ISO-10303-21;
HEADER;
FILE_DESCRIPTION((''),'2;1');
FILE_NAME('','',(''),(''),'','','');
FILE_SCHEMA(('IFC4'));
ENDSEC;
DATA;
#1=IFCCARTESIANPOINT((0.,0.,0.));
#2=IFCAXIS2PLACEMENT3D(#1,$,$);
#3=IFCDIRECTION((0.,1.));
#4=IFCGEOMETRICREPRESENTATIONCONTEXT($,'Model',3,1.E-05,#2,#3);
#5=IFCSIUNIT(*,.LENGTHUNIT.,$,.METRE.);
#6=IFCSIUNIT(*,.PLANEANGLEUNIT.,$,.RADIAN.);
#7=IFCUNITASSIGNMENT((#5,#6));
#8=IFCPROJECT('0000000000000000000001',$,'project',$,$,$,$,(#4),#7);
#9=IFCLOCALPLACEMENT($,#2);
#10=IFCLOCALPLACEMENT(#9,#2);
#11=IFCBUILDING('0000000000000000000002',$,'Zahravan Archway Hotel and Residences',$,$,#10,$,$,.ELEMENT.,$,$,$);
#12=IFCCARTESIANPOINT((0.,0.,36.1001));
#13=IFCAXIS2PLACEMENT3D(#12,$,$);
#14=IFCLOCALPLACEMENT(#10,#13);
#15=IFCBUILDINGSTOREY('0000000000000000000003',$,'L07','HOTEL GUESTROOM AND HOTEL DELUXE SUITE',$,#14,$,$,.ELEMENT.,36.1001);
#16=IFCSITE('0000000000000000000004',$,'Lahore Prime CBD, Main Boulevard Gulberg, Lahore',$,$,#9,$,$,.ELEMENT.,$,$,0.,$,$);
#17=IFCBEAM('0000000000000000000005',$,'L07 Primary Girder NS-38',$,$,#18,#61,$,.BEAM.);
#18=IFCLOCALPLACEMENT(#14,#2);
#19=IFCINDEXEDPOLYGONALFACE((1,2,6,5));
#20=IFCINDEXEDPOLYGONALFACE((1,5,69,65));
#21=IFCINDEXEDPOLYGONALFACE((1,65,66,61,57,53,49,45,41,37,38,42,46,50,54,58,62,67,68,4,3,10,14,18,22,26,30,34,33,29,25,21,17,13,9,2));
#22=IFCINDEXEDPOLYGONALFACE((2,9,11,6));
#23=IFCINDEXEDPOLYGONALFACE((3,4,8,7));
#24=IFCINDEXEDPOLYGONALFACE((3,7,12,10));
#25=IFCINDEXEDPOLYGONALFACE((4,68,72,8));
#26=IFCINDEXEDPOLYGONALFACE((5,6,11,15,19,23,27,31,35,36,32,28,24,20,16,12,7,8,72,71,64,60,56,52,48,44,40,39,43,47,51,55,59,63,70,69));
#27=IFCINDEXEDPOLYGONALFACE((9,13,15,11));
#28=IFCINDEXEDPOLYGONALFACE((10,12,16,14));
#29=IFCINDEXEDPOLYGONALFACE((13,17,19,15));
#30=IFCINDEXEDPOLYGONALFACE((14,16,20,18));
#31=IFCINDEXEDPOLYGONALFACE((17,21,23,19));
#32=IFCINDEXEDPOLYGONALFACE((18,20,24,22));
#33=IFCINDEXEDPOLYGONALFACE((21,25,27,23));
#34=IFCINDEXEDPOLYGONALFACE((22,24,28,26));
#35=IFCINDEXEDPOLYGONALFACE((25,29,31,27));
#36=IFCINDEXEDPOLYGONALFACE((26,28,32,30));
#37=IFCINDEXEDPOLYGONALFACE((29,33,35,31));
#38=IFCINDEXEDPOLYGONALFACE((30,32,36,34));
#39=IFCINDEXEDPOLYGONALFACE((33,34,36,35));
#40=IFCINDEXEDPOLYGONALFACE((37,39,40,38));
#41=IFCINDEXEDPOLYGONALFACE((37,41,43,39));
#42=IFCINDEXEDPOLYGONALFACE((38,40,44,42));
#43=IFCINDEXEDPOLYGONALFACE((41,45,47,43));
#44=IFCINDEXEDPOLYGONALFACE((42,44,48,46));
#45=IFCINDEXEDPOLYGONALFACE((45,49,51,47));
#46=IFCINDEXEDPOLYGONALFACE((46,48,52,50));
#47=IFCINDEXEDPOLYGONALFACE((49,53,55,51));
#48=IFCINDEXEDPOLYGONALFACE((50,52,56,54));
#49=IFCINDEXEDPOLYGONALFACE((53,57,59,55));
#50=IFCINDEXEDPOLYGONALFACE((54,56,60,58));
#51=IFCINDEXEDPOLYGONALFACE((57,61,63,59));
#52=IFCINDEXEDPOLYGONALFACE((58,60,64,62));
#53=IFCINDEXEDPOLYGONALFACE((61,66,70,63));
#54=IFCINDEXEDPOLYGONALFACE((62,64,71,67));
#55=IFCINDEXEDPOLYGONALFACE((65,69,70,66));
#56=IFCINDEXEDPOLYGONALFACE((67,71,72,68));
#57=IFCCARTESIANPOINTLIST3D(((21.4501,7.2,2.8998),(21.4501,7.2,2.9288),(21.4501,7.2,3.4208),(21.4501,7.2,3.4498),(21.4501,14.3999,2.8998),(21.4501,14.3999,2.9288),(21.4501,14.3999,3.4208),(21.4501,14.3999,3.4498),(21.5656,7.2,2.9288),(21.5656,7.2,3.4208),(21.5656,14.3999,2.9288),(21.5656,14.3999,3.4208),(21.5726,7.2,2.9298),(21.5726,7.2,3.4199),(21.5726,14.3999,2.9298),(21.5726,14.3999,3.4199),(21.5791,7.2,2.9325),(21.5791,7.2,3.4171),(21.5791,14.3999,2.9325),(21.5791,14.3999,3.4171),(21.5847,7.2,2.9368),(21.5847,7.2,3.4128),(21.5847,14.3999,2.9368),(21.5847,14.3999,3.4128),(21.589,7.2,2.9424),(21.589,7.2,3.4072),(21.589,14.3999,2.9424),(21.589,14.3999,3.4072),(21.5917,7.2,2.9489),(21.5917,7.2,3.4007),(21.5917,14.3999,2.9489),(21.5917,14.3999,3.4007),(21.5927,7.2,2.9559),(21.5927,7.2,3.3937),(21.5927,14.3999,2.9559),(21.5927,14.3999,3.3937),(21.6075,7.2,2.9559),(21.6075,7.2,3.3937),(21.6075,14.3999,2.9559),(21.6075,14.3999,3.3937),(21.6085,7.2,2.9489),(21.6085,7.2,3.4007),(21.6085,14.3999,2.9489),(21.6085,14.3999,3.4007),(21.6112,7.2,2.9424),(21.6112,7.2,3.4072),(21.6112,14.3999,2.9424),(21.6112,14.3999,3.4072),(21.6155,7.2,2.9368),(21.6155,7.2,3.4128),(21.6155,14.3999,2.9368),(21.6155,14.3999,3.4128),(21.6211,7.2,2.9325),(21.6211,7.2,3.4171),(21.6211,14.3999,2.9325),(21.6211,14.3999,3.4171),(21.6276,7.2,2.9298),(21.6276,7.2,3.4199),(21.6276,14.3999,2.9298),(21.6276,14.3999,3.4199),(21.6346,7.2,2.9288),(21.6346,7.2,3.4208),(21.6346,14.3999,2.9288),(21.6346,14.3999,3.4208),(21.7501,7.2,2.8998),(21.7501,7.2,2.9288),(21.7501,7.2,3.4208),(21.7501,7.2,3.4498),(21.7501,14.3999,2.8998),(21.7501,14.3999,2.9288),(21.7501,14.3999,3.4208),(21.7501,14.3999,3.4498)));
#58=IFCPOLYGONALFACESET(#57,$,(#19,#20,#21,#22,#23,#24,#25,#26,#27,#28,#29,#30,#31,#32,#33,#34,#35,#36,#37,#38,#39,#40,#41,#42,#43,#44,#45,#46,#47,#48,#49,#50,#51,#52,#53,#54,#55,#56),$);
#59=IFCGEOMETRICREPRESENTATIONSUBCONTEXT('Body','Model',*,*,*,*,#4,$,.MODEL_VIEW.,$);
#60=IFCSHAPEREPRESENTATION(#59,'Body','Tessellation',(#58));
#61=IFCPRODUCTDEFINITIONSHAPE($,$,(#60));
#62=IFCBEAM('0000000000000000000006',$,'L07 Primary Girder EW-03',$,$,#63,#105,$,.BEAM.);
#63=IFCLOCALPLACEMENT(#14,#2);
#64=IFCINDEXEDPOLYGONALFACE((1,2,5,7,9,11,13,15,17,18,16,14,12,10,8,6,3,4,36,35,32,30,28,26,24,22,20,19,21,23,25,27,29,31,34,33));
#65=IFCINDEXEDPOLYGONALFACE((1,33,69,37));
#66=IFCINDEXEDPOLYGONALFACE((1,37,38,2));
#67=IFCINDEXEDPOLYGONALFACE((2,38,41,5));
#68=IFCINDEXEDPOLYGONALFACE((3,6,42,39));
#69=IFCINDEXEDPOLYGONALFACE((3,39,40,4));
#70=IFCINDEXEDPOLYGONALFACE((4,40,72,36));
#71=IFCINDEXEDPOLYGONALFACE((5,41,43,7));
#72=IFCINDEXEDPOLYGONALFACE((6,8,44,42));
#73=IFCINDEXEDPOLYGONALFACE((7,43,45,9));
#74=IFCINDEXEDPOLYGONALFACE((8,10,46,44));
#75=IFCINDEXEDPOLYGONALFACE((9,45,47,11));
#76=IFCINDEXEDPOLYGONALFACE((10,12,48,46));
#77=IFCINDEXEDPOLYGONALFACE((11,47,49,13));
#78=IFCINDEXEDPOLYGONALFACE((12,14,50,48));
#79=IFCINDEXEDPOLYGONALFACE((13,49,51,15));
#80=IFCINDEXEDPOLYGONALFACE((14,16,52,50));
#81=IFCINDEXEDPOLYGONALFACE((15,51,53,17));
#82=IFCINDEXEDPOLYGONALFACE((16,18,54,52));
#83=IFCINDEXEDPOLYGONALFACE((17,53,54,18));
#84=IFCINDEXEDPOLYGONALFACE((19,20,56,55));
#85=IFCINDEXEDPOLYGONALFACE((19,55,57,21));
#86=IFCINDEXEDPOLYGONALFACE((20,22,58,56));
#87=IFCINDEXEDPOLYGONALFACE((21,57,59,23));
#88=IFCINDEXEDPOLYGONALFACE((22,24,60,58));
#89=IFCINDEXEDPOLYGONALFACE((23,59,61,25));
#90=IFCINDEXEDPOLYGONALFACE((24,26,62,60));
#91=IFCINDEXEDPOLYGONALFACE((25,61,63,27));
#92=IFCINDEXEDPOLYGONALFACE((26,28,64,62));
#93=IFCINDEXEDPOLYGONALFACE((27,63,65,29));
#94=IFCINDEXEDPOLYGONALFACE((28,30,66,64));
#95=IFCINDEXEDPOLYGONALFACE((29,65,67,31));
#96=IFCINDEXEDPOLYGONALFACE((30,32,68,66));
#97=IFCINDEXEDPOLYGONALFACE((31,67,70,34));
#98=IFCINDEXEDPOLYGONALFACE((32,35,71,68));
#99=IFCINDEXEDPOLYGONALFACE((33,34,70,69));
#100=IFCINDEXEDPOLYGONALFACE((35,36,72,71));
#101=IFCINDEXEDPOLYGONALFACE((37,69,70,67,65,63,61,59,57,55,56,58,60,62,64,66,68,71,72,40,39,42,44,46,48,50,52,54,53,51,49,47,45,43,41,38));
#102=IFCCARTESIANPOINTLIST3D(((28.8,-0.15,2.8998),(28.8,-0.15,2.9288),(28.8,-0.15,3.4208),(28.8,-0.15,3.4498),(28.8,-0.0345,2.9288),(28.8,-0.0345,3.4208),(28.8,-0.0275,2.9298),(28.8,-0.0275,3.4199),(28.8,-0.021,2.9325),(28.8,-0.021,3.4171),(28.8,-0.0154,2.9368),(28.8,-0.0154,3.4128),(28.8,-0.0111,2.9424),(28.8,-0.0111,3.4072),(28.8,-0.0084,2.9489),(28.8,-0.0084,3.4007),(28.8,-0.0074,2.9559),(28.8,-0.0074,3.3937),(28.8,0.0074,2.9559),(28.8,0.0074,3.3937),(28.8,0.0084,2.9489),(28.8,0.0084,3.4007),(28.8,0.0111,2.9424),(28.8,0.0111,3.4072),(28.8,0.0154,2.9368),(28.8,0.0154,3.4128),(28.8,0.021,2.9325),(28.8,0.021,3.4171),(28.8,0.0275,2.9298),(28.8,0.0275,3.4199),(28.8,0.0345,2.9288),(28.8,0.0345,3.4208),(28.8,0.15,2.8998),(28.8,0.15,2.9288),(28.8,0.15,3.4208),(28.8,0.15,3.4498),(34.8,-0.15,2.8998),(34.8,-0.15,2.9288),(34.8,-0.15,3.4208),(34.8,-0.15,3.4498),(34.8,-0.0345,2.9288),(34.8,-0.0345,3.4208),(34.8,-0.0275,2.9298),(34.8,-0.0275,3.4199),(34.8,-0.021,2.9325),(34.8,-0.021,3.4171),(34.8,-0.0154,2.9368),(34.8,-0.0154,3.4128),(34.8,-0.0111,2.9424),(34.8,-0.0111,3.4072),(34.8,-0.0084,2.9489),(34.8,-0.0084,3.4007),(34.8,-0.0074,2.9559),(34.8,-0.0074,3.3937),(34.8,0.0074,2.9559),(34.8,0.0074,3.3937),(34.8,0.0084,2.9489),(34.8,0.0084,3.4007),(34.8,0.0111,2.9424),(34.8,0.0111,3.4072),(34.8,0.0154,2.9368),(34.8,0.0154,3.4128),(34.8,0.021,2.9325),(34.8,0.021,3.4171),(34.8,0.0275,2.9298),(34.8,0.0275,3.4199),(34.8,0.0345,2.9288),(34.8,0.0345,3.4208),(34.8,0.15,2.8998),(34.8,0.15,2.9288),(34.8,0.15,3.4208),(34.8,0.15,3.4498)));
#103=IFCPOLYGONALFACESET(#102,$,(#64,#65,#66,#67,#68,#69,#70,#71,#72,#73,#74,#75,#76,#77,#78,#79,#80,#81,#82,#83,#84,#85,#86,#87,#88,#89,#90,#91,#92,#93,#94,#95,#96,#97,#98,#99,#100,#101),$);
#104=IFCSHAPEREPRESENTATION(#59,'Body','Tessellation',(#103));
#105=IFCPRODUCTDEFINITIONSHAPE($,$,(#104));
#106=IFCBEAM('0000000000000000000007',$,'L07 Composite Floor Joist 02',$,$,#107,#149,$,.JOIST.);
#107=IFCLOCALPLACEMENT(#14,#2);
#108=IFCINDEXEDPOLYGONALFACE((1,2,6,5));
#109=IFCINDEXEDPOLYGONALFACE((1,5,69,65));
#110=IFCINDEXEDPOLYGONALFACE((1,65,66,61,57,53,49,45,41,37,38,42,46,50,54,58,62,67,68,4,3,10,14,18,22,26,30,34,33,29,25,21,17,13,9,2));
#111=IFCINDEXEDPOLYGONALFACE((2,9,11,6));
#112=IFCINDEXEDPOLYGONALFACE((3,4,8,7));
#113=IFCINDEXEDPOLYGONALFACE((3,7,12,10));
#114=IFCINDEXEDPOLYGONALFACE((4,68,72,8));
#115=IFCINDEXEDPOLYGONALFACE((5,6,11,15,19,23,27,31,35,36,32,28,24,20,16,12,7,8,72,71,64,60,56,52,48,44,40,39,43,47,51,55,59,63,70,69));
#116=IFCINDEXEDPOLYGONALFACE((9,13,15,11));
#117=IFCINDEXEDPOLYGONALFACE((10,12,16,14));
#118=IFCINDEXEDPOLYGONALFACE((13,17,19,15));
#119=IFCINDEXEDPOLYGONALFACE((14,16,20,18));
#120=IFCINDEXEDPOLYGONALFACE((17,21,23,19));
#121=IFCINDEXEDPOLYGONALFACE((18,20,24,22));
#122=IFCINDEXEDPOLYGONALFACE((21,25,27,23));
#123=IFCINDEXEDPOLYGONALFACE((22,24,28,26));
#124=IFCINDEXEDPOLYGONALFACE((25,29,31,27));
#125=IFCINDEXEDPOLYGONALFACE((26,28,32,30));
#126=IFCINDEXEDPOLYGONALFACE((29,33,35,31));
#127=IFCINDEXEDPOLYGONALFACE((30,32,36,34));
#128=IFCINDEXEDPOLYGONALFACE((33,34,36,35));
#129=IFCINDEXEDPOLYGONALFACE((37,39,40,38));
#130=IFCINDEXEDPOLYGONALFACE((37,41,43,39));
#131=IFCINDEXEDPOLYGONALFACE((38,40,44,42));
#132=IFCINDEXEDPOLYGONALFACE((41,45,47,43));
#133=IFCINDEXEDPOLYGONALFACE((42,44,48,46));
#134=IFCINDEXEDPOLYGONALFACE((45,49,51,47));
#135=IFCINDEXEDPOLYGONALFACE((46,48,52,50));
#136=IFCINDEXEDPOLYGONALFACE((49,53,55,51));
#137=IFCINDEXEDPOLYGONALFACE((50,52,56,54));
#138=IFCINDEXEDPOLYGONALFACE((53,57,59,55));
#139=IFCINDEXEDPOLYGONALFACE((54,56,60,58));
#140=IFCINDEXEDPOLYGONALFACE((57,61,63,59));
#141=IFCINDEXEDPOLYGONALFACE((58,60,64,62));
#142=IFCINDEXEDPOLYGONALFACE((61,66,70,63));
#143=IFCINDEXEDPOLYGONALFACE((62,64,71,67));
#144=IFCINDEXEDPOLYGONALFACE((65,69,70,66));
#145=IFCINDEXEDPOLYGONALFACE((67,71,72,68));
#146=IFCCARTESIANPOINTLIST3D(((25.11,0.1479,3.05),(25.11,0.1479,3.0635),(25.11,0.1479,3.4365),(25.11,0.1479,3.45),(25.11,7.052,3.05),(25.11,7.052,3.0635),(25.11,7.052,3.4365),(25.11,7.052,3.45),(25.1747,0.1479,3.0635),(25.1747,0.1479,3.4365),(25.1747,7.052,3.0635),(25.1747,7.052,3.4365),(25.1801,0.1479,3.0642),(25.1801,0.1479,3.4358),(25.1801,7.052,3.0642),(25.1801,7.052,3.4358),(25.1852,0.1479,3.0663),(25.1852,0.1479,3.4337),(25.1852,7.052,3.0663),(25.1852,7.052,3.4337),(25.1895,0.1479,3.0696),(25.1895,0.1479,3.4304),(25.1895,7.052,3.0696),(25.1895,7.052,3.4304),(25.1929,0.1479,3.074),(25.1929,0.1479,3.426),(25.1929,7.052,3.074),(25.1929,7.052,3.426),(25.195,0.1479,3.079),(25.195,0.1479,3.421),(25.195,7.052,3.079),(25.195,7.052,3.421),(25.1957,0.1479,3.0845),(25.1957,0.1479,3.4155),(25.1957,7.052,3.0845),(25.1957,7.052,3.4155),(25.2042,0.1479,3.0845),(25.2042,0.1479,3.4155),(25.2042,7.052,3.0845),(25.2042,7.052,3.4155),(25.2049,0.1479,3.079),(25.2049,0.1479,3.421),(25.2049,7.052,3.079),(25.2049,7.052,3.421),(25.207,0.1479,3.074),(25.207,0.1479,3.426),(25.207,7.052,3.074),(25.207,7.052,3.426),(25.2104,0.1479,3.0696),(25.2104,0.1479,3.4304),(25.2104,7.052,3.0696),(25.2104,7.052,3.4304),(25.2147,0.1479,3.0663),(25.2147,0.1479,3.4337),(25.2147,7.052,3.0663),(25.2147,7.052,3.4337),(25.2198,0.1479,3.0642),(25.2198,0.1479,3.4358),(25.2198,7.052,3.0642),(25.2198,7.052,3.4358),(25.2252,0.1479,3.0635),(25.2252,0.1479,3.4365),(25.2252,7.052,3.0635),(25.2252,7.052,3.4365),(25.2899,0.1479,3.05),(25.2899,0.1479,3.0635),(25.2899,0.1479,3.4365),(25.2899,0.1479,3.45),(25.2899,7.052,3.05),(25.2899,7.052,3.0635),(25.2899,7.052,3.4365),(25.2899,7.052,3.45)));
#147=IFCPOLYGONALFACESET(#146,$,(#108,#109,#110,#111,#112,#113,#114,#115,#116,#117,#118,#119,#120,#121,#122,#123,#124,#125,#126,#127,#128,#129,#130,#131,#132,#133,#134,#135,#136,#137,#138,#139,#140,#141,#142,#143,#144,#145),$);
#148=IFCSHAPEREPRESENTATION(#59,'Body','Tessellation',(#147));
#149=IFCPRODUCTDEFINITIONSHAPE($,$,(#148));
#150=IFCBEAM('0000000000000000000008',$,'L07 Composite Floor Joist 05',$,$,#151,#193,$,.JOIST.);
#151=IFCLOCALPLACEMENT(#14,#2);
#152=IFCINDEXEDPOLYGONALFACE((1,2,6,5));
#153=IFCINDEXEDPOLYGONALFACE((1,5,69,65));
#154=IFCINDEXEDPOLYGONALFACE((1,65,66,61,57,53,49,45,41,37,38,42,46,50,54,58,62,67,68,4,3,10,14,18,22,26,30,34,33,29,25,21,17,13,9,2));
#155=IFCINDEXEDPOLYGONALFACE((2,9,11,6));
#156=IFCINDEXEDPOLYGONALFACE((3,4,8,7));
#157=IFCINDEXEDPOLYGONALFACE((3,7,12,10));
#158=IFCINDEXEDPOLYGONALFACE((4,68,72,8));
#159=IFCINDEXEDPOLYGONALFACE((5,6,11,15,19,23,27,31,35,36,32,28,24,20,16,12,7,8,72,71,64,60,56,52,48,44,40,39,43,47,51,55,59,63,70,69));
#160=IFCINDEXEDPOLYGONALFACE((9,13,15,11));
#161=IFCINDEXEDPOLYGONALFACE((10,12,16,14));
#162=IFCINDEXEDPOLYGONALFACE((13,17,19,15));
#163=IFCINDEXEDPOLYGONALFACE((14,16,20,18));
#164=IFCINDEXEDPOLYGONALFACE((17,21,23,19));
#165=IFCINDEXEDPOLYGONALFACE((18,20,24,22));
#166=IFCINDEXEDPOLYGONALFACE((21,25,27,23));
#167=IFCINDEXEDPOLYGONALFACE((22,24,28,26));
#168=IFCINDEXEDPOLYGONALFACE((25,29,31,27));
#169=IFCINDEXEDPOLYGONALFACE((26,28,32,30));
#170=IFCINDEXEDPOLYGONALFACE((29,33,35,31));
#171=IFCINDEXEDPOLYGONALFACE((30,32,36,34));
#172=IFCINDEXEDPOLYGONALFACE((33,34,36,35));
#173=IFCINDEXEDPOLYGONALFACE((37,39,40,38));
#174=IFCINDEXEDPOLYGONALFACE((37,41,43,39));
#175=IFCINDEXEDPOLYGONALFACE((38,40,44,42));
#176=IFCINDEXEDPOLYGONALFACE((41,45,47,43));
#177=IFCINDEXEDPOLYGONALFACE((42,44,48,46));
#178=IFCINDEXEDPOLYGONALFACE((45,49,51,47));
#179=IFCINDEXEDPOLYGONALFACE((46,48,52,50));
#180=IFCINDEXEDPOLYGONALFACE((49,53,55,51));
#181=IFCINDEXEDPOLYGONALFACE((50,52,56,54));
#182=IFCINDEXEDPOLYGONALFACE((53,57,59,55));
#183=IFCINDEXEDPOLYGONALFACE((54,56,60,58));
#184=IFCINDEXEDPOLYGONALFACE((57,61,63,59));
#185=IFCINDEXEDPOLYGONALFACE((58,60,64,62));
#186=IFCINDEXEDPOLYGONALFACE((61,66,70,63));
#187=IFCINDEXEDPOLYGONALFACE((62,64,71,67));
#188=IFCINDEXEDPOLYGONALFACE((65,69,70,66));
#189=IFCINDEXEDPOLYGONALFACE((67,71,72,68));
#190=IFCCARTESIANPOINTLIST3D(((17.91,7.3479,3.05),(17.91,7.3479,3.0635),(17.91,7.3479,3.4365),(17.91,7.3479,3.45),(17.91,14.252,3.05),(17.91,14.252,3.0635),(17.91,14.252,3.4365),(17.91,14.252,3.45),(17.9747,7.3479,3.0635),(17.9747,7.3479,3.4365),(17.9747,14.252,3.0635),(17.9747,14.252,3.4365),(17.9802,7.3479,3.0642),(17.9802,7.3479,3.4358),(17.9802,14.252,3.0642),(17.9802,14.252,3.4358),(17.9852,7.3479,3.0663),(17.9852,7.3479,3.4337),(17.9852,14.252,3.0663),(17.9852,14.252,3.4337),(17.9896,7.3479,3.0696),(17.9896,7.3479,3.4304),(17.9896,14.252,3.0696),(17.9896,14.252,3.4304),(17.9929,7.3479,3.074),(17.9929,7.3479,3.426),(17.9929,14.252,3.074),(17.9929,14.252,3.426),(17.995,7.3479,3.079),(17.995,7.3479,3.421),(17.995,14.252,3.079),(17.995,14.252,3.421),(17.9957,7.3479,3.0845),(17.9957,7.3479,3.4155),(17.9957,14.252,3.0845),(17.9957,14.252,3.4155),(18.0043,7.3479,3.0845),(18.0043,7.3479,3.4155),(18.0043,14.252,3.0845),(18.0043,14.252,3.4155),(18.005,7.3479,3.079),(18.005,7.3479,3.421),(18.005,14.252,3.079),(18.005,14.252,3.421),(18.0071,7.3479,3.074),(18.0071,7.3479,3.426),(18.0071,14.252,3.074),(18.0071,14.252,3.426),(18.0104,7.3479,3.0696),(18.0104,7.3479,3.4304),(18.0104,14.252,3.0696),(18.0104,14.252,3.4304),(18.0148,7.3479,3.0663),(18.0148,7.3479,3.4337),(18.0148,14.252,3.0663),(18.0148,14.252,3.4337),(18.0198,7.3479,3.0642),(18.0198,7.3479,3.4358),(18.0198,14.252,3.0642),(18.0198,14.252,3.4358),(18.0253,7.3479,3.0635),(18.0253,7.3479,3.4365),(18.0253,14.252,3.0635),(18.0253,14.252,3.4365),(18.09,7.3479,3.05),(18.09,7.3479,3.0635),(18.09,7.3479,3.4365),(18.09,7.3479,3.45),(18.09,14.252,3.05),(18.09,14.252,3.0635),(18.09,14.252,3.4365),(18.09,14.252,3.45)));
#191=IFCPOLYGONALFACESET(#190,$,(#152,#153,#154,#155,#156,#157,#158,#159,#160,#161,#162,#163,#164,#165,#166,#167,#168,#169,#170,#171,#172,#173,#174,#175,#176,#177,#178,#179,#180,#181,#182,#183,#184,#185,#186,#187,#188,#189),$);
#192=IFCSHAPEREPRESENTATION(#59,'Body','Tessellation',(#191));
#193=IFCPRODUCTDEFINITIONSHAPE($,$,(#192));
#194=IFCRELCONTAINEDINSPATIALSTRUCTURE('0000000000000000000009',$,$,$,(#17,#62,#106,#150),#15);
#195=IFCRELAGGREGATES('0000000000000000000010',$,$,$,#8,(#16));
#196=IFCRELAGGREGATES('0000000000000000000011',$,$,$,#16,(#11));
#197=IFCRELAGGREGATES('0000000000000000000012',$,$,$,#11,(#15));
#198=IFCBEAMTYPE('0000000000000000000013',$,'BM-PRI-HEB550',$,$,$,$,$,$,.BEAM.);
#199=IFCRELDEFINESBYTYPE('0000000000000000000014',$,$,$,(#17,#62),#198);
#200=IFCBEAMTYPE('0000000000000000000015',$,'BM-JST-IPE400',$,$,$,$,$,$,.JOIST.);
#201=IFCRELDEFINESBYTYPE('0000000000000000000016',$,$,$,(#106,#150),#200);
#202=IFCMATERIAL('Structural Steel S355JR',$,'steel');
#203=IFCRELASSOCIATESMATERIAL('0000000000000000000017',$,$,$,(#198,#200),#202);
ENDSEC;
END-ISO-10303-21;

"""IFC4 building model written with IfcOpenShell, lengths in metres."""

from ifc_helpers import new_model, si_unit, direction, frame, origin, origin_2d, place, context, subcontext, project, spatial, i_section, extrude, source, transform, mapped, material, material_profile, profile_set, type_object, type_shapes, element, save


model = new_model("IFC4")

# Units and contexts
model_context = context("Model", 3, precision=1e-05, world=origin(), true_north=direction((0.0, 1.0)))
body_context = subcontext(model_context, "Body", "Model", "MODEL_VIEW")
ifc_project = project(units=[si_unit("LENGTHUNIT", "METRE"), si_unit("PLANEANGLEUNIT", "RADIAN")], contexts=[model_context])

# Site, building, storey
site_placement = place(None, origin())
site = spatial("IfcSite", under=ifc_project, at=site_placement, Name="Lahore Prime CBD, Main Boulevard Gulberg, Lahore", CompositionType="ELEMENT", RefElevation=0.0)
building_placement = place(site_placement, origin())
building = spatial("IfcBuilding", under=site, at=building_placement, Name="Zahravan Archway Hotel and Residences", CompositionType="ELEMENT")
storey_placement = place(building_placement, frame((0.0, 0.0, 36.1001)))
storey = spatial("IfcBuildingStorey", under=building, at=storey_placement, Name="L07", Description="HOTEL GUESTROOM AND HOTEL DELUXE SUITE", CompositionType="ELEMENT", Elevation=36.1001)

# Beams
ifc_material_1 = material(Name="Structural Steel S355JR", Category="steel")
ifc_material_profile_1 = material_profile(ifc_material_1, i_section(OverallWidth=0.3, OverallDepth=0.55, WebThickness=0.0149, FlangeThickness=0.0291, FilletRadius=0.0271, at=origin_2d()), Name="HEB 550", Category="steel")
ifc_profile_set_1 = profile_set([ifc_material_profile_1], Name="Structural Steel S355JR")
beam_type_1 = type_object("IfcBeamType", Name="BM-PRI-HEB550", PredefinedType="BEAM", material=ifc_profile_set_1)
shared_shape_1 = source(origin(), body_context, "Body", "SweptSolid", [
    extrude(i_section(OverallWidth=0.3, OverallDepth=0.55, WebThickness=0.0149, FlangeThickness=0.0291, FilletRadius=0.0271, at=origin_2d()), origin(), (0.0, 0.0, 1.0), 7.2),
])
for number, where, z_axis, x_axis, name in (
    (1, (21.6001, 7.2, 3.1748), (0.0, 1.0, 0.0), (-1.0, 0.0, 0.0), "L07 Primary Girder NS-38"),
):
    element("IfcBeam", number, at=place(storey_placement, frame(where, z_axis=z_axis, x_axis=x_axis)), inside=storey, type_object=beam_type_1, Name=name, PredefinedType="BEAM", context=body_context, shape_type="MappedRepresentation", body=[
        mapped(shared_shape_1, transform((0.0, 0.0, 0.0), scale=1.0)),
    ])
shared_shape_2 = source(origin(), body_context, "Body", "SweptSolid", [
    extrude(i_section(OverallWidth=0.3, OverallDepth=0.55, WebThickness=0.0149, FlangeThickness=0.0291, FilletRadius=0.0271, at=origin_2d()), origin(), (0.0, 0.0, 1.0), 6.0),
])
beam_1_placement = place(storey_placement, frame((28.8, 0.0, 3.1748), z_axis=(1.0, 0.0, 0.0), x_axis=(0.0, 1.0, 0.0)))
element("IfcBeam", 2, at=beam_1_placement, inside=storey, type_object=beam_type_1, Name="L07 Primary Girder EW-03", PredefinedType="BEAM", context=body_context, shape_type="MappedRepresentation", body=[
    mapped(shared_shape_2, transform((0.0, 0.0, 0.0), scale=1.0)),
])
ifc_material_profile_2 = material_profile(ifc_material_1, i_section(OverallWidth=0.1799, OverallDepth=0.3999, WebThickness=0.0085, FlangeThickness=0.0134, FilletRadius=0.021, at=origin_2d()), Name="IPE 400", Category="steel")
ifc_profile_set_2 = profile_set([ifc_material_profile_2], Name="Structural Steel S355JR")
beam_type_2 = type_object("IfcBeamType", Name="BM-JST-IPE400", PredefinedType="JOIST", material=ifc_profile_set_2)
shared_shape_3 = source(origin(), body_context, "Body", "SweptSolid", [
    extrude(i_section(OverallWidth=0.1799, OverallDepth=0.3999, WebThickness=0.0085, FlangeThickness=0.0134, FilletRadius=0.021, at=origin_2d()), origin(), (0.0, 0.0, 1.0), 6.9041),
])
type_shapes(beam_type_2, [shared_shape_3])
for number, where, z_axis, x_axis, name in (
    (3, (25.2, 0.1479, 3.25), (0.0, 1.0, 0.0), (-1.0, 0.0, 0.0), "L07 Composite Floor Joist 02"),
    (4, (18.0, 7.3479, 3.25), (0.0, 1.0, 0.0), (-1.0, 0.0, 0.0), "L07 Composite Floor Joist 05"),
):
    element("IfcBeam", number, at=place(storey_placement, frame(where, z_axis=z_axis, x_axis=x_axis)), inside=storey, type_object=beam_type_2, Name=name, PredefinedType="JOIST", context=body_context, shape_type="MappedRepresentation", body=[
        mapped(shared_shape_3, transform((0.0, 0.0, 0.0), scale=1.0)),
    ])

save(model, "model.ifc")
